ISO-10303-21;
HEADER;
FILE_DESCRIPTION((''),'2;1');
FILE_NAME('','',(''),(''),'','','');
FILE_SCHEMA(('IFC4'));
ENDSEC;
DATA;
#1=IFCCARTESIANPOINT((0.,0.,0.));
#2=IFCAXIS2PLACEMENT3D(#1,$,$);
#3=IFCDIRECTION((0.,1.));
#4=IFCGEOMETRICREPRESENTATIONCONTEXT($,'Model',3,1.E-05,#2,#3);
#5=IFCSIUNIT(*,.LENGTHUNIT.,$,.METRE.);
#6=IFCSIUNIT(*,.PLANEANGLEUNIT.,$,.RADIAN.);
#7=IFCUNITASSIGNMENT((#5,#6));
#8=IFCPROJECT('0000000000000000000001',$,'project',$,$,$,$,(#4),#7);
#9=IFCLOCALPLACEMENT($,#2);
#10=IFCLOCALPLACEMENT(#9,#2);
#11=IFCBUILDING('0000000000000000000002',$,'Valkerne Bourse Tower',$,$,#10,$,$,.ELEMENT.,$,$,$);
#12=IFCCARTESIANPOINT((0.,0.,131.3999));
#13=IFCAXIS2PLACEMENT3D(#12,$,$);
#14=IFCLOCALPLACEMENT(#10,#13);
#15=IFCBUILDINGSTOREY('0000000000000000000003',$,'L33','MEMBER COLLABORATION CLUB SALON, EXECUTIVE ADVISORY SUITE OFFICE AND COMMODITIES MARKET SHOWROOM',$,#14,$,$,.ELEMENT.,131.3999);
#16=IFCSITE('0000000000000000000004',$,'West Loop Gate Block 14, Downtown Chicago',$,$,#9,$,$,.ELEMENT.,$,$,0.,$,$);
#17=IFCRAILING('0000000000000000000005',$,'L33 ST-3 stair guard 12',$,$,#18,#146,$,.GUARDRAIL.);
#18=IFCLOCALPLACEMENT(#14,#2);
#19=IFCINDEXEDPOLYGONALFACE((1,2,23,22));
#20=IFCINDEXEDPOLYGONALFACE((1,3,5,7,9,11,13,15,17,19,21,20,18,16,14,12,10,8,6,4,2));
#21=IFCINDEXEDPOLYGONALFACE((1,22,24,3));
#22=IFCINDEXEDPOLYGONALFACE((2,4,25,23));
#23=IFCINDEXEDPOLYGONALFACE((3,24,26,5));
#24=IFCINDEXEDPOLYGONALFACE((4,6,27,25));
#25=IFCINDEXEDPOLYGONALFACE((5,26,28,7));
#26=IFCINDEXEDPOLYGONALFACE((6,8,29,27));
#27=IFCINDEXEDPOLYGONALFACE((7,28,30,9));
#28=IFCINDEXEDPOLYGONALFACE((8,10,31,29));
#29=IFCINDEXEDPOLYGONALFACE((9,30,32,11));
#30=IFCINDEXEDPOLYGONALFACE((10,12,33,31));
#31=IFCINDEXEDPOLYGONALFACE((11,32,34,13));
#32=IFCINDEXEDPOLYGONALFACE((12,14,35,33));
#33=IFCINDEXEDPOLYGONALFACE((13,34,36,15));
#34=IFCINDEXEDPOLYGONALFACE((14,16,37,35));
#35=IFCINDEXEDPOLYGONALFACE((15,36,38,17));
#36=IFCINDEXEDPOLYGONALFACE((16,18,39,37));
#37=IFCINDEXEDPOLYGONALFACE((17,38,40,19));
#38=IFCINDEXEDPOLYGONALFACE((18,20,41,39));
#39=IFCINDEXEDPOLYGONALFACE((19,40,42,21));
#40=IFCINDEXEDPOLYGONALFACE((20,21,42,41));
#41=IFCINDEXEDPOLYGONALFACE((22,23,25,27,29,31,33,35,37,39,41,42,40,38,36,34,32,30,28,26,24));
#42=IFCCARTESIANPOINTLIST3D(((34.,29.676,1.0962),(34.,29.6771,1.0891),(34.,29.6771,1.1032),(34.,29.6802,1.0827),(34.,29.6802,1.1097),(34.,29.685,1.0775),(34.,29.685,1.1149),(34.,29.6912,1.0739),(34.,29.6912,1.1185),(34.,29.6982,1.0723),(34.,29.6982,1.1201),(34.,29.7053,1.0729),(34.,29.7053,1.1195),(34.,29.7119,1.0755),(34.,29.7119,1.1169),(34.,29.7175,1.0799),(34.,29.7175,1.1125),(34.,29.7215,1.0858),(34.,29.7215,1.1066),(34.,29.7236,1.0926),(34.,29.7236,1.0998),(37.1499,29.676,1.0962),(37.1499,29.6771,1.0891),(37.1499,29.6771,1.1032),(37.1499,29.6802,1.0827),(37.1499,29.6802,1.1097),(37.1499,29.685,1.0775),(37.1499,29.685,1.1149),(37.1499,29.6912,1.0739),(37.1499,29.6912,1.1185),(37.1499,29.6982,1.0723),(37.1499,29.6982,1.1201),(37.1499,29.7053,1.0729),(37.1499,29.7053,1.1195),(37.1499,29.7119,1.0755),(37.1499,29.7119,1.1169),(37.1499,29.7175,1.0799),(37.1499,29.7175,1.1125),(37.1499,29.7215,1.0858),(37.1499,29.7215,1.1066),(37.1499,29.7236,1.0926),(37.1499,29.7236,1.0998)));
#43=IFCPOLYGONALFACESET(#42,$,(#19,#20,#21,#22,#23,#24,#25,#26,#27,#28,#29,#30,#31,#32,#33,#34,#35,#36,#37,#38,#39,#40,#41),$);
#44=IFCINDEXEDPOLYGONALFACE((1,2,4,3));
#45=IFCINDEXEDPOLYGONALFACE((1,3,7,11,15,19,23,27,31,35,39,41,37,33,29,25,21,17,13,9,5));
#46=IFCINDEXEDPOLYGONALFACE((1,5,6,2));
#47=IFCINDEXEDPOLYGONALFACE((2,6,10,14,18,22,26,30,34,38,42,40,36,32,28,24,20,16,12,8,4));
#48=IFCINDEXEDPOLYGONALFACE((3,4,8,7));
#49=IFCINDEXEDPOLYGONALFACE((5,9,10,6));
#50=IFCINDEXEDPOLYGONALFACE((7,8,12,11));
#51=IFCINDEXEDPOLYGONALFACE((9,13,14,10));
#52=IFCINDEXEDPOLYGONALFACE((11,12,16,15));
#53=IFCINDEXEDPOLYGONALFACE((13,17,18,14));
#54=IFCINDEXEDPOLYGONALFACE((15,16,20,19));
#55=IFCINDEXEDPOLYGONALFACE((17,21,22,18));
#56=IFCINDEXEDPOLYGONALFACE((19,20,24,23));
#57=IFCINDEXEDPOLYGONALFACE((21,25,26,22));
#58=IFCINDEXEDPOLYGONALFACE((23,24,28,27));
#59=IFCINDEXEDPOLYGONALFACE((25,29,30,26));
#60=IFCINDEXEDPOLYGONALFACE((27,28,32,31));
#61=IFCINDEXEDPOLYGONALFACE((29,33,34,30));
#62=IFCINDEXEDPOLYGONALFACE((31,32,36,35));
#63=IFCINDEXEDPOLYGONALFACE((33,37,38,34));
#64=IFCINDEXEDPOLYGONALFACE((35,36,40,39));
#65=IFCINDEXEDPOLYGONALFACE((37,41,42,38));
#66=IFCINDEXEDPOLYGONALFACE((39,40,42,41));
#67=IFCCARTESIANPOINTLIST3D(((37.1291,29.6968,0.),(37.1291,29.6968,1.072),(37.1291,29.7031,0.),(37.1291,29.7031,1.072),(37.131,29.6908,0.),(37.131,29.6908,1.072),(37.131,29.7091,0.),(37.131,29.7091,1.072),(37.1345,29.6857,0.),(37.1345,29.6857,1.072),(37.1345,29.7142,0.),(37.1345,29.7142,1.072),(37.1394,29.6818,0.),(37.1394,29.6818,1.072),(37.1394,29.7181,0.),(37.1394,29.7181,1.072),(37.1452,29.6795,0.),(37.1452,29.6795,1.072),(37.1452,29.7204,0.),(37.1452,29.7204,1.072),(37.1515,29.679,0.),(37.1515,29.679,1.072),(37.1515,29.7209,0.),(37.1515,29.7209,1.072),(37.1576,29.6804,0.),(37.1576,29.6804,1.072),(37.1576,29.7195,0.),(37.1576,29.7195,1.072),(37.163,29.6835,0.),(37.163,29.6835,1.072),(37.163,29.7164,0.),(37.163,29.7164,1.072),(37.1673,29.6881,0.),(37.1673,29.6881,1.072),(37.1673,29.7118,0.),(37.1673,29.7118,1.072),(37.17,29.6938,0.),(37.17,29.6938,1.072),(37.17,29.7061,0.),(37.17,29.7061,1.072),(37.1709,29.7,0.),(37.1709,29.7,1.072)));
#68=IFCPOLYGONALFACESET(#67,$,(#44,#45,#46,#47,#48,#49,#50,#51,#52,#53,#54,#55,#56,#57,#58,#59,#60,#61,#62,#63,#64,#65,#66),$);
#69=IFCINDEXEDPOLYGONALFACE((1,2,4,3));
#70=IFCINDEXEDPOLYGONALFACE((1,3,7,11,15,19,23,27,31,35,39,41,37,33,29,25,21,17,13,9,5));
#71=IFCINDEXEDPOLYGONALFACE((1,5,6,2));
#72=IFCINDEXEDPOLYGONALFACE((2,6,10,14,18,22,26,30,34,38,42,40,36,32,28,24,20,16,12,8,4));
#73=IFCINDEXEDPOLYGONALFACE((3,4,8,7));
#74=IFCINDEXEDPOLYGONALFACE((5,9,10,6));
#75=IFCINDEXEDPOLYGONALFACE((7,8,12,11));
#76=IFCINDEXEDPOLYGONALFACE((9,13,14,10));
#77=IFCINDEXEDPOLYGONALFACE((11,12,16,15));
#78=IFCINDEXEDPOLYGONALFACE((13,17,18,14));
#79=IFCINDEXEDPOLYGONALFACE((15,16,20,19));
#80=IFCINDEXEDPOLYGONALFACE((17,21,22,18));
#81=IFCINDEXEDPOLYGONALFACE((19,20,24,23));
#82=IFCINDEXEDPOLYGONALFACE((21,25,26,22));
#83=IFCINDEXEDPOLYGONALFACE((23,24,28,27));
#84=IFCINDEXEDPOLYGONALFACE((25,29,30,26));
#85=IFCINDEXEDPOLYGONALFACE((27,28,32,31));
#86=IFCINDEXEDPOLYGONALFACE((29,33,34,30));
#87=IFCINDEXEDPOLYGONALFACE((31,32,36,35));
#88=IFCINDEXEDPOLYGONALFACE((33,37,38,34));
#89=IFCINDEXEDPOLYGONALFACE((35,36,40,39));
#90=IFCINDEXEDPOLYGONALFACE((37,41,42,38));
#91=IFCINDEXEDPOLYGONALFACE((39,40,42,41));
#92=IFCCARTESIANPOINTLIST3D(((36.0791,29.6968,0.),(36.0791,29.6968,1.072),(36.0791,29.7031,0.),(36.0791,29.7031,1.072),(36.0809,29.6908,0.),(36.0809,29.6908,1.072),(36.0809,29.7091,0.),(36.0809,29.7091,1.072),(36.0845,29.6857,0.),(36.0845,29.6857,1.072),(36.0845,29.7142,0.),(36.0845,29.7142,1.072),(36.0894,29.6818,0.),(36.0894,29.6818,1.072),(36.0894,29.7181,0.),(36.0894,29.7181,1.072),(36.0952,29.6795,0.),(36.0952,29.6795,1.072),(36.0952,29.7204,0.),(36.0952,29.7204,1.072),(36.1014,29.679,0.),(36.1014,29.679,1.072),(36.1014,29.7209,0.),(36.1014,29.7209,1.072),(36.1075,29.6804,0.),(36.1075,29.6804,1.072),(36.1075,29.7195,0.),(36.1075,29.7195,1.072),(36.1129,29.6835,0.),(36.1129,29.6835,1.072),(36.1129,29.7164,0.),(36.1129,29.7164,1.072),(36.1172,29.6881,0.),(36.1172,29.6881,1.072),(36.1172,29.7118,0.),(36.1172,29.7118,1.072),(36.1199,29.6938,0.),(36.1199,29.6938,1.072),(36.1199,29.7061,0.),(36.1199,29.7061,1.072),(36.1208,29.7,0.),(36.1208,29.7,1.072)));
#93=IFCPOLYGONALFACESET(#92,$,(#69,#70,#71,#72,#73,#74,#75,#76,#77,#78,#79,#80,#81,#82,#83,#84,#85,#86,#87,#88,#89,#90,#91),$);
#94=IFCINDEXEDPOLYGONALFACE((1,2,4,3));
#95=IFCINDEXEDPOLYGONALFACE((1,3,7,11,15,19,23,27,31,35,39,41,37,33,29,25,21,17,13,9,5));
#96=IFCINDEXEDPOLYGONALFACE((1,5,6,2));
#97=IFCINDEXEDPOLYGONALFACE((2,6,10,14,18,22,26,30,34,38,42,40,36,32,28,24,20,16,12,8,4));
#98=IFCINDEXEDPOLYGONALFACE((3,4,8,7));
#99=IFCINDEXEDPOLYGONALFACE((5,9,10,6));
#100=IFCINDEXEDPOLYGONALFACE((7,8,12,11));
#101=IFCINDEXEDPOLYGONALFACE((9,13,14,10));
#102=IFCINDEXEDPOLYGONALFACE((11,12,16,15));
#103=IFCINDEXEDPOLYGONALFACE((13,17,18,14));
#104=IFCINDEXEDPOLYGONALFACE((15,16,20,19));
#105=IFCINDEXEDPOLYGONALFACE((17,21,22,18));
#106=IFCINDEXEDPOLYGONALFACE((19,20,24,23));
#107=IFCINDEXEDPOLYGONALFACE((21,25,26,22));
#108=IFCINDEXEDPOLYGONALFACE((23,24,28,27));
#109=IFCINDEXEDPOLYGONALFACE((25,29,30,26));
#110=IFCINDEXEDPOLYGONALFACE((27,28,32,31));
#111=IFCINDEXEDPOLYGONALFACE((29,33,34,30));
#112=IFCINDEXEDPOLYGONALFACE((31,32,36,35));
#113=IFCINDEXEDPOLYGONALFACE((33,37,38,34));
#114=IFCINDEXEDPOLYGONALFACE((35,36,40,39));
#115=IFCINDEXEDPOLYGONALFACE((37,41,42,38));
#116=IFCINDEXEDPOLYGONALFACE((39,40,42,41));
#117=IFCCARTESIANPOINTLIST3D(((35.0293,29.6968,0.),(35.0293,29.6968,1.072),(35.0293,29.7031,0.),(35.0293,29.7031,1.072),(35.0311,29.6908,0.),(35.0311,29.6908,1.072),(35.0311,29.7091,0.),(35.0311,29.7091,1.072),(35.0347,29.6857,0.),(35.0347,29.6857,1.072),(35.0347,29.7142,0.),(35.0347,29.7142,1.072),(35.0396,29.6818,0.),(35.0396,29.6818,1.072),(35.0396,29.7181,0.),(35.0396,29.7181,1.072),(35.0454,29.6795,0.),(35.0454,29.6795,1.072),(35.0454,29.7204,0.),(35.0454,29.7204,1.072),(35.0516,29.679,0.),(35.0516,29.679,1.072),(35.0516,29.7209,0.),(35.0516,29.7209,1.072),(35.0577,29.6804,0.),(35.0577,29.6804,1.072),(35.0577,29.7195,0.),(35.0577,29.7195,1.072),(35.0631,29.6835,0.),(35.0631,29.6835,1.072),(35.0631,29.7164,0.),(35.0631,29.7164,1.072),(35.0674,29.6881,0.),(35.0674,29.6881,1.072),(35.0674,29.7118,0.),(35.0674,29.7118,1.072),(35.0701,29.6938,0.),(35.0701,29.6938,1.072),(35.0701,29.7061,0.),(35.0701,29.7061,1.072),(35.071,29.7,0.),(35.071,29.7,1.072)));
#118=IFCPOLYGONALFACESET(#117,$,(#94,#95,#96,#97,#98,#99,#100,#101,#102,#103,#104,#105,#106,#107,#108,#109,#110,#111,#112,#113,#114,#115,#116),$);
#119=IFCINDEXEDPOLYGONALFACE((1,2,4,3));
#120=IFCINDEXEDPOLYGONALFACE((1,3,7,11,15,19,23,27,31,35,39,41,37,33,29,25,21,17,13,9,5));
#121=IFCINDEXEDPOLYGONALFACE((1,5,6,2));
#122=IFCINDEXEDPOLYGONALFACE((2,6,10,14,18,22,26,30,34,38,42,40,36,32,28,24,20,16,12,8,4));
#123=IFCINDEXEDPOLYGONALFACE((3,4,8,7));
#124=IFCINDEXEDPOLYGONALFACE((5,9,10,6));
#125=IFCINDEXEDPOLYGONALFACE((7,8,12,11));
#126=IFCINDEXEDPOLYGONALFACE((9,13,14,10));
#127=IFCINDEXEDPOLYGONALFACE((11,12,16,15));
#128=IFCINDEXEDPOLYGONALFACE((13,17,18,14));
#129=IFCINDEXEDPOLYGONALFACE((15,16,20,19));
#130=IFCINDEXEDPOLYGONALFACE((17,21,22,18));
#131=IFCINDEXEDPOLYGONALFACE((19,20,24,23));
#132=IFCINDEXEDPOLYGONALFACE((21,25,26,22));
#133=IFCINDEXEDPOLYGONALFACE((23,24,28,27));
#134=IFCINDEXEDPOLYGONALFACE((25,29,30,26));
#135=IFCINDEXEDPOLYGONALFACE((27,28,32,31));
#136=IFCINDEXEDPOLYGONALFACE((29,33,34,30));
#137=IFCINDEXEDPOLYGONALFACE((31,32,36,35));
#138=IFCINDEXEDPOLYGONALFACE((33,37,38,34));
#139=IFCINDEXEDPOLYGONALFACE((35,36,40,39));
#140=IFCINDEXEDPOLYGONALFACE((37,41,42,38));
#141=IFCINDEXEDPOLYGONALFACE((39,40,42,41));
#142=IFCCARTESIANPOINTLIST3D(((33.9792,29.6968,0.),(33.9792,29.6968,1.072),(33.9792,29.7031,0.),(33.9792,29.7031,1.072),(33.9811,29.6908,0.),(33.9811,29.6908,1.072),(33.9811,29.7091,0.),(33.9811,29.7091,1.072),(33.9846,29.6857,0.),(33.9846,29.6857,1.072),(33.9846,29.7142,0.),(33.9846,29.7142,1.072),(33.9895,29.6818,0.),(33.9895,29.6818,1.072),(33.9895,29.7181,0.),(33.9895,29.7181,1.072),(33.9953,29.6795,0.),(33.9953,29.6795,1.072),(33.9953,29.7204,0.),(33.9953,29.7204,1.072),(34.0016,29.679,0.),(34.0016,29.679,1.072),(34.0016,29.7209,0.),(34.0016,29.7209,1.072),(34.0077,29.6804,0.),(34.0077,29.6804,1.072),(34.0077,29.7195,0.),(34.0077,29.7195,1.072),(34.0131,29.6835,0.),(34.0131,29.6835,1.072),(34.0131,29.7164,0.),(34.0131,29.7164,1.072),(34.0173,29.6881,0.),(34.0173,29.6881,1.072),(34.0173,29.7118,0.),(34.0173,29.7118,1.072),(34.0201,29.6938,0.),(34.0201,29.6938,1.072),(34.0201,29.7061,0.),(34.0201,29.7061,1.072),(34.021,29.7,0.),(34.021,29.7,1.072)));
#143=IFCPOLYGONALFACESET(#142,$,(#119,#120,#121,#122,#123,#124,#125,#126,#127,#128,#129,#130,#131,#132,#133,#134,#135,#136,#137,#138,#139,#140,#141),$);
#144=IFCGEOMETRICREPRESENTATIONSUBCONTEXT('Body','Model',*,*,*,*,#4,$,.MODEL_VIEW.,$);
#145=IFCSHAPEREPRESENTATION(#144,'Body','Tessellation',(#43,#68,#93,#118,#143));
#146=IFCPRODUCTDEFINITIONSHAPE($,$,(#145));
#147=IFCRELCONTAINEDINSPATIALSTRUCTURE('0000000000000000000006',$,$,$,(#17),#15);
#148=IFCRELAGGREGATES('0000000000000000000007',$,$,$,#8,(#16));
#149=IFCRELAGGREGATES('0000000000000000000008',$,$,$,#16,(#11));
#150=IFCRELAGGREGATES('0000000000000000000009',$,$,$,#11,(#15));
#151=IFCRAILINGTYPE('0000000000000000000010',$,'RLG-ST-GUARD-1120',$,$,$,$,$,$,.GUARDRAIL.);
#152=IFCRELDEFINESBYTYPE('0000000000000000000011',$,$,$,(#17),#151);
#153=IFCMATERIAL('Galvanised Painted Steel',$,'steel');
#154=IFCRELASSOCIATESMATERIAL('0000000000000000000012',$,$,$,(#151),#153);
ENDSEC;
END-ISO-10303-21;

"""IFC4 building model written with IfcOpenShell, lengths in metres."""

from ifc_helpers import new_model, si_unit, direction, frame, origin, origin_2d, place, context, subcontext, project, spatial, circle, extrude, material, type_object, element, save


model = new_model("IFC4")

# Units and contexts
model_context = context("Model", 3, precision=1e-05, world=origin(), true_north=direction((0.0, 1.0)))
body_context = subcontext(model_context, "Body", "Model", "MODEL_VIEW")
ifc_project = project(units=[si_unit("LENGTHUNIT", "METRE"), si_unit("PLANEANGLEUNIT", "RADIAN")], contexts=[model_context])

# Site, building, storey
site_placement = place(None, origin())
site = spatial("IfcSite", under=ifc_project, at=site_placement, Name="West Loop Gate Block 14, Downtown Chicago", CompositionType="ELEMENT", RefElevation=0.0)
building_placement = place(site_placement, origin())
building = spatial("IfcBuilding", under=site, at=building_placement, Name="Valkerne Bourse Tower", CompositionType="ELEMENT")
storey_placement = place(building_placement, frame((0.0, 0.0, 131.3999)))
storey = spatial("IfcBuildingStorey", under=building, at=storey_placement, Name="L33", Description="MEMBER COLLABORATION CLUB SALON, EXECUTIVE ADVISORY SUITE OFFICE AND COMMODITIES MARKET SHOWROOM", CompositionType="ELEMENT", Elevation=131.3999)

# Shared definitions
ifc_material_1 = material(Name="Galvanised Painted Steel", Category="steel")

# Railing
railing_type_1 = type_object("IfcRailingType", Name="RLG-ST-GUARD-1120", PredefinedType="GUARDRAIL", material=ifc_material_1)
railing_1_placement = place(storey_placement, frame((37.1499, 29.7, 0.0)))
element("IfcRailing", 1, at=railing_1_placement, inside=storey, type_object=railing_type_1, Name="L33 ST-3 stair guard 12", PredefinedType="GUARDRAIL", context=body_context, shape_type="SweptSolid", body=[
    extrude(circle(Radius=0.0239, at=origin_2d()), frame((0.0, 0.0, 1.0962), z_axis=(-1.0, 0.0, 0.0), x_axis=(0.0, -1.0, 0.0)), (0.0, 0.0, 1.0), 3.1499),
    extrude(circle(Radius=0.021, at=origin_2d()), origin(), (0.0, 0.0, 1.0), 1.072),
    extrude(circle(Radius=0.021, at=origin_2d()), frame((-1.05, 0.0, 0.0)), (0.0, 0.0, 1.0), 1.072),
    extrude(circle(Radius=0.021, at=origin_2d()), frame((-2.0999, 0.0, 0.0)), (0.0, 0.0, 1.0), 1.072),
    extrude(circle(Radius=0.021, at=origin_2d()), frame((-3.1499, 0.0, 0.0)), (0.0, 0.0, 1.0), 1.072),
])

save(model, "model.ifc")
